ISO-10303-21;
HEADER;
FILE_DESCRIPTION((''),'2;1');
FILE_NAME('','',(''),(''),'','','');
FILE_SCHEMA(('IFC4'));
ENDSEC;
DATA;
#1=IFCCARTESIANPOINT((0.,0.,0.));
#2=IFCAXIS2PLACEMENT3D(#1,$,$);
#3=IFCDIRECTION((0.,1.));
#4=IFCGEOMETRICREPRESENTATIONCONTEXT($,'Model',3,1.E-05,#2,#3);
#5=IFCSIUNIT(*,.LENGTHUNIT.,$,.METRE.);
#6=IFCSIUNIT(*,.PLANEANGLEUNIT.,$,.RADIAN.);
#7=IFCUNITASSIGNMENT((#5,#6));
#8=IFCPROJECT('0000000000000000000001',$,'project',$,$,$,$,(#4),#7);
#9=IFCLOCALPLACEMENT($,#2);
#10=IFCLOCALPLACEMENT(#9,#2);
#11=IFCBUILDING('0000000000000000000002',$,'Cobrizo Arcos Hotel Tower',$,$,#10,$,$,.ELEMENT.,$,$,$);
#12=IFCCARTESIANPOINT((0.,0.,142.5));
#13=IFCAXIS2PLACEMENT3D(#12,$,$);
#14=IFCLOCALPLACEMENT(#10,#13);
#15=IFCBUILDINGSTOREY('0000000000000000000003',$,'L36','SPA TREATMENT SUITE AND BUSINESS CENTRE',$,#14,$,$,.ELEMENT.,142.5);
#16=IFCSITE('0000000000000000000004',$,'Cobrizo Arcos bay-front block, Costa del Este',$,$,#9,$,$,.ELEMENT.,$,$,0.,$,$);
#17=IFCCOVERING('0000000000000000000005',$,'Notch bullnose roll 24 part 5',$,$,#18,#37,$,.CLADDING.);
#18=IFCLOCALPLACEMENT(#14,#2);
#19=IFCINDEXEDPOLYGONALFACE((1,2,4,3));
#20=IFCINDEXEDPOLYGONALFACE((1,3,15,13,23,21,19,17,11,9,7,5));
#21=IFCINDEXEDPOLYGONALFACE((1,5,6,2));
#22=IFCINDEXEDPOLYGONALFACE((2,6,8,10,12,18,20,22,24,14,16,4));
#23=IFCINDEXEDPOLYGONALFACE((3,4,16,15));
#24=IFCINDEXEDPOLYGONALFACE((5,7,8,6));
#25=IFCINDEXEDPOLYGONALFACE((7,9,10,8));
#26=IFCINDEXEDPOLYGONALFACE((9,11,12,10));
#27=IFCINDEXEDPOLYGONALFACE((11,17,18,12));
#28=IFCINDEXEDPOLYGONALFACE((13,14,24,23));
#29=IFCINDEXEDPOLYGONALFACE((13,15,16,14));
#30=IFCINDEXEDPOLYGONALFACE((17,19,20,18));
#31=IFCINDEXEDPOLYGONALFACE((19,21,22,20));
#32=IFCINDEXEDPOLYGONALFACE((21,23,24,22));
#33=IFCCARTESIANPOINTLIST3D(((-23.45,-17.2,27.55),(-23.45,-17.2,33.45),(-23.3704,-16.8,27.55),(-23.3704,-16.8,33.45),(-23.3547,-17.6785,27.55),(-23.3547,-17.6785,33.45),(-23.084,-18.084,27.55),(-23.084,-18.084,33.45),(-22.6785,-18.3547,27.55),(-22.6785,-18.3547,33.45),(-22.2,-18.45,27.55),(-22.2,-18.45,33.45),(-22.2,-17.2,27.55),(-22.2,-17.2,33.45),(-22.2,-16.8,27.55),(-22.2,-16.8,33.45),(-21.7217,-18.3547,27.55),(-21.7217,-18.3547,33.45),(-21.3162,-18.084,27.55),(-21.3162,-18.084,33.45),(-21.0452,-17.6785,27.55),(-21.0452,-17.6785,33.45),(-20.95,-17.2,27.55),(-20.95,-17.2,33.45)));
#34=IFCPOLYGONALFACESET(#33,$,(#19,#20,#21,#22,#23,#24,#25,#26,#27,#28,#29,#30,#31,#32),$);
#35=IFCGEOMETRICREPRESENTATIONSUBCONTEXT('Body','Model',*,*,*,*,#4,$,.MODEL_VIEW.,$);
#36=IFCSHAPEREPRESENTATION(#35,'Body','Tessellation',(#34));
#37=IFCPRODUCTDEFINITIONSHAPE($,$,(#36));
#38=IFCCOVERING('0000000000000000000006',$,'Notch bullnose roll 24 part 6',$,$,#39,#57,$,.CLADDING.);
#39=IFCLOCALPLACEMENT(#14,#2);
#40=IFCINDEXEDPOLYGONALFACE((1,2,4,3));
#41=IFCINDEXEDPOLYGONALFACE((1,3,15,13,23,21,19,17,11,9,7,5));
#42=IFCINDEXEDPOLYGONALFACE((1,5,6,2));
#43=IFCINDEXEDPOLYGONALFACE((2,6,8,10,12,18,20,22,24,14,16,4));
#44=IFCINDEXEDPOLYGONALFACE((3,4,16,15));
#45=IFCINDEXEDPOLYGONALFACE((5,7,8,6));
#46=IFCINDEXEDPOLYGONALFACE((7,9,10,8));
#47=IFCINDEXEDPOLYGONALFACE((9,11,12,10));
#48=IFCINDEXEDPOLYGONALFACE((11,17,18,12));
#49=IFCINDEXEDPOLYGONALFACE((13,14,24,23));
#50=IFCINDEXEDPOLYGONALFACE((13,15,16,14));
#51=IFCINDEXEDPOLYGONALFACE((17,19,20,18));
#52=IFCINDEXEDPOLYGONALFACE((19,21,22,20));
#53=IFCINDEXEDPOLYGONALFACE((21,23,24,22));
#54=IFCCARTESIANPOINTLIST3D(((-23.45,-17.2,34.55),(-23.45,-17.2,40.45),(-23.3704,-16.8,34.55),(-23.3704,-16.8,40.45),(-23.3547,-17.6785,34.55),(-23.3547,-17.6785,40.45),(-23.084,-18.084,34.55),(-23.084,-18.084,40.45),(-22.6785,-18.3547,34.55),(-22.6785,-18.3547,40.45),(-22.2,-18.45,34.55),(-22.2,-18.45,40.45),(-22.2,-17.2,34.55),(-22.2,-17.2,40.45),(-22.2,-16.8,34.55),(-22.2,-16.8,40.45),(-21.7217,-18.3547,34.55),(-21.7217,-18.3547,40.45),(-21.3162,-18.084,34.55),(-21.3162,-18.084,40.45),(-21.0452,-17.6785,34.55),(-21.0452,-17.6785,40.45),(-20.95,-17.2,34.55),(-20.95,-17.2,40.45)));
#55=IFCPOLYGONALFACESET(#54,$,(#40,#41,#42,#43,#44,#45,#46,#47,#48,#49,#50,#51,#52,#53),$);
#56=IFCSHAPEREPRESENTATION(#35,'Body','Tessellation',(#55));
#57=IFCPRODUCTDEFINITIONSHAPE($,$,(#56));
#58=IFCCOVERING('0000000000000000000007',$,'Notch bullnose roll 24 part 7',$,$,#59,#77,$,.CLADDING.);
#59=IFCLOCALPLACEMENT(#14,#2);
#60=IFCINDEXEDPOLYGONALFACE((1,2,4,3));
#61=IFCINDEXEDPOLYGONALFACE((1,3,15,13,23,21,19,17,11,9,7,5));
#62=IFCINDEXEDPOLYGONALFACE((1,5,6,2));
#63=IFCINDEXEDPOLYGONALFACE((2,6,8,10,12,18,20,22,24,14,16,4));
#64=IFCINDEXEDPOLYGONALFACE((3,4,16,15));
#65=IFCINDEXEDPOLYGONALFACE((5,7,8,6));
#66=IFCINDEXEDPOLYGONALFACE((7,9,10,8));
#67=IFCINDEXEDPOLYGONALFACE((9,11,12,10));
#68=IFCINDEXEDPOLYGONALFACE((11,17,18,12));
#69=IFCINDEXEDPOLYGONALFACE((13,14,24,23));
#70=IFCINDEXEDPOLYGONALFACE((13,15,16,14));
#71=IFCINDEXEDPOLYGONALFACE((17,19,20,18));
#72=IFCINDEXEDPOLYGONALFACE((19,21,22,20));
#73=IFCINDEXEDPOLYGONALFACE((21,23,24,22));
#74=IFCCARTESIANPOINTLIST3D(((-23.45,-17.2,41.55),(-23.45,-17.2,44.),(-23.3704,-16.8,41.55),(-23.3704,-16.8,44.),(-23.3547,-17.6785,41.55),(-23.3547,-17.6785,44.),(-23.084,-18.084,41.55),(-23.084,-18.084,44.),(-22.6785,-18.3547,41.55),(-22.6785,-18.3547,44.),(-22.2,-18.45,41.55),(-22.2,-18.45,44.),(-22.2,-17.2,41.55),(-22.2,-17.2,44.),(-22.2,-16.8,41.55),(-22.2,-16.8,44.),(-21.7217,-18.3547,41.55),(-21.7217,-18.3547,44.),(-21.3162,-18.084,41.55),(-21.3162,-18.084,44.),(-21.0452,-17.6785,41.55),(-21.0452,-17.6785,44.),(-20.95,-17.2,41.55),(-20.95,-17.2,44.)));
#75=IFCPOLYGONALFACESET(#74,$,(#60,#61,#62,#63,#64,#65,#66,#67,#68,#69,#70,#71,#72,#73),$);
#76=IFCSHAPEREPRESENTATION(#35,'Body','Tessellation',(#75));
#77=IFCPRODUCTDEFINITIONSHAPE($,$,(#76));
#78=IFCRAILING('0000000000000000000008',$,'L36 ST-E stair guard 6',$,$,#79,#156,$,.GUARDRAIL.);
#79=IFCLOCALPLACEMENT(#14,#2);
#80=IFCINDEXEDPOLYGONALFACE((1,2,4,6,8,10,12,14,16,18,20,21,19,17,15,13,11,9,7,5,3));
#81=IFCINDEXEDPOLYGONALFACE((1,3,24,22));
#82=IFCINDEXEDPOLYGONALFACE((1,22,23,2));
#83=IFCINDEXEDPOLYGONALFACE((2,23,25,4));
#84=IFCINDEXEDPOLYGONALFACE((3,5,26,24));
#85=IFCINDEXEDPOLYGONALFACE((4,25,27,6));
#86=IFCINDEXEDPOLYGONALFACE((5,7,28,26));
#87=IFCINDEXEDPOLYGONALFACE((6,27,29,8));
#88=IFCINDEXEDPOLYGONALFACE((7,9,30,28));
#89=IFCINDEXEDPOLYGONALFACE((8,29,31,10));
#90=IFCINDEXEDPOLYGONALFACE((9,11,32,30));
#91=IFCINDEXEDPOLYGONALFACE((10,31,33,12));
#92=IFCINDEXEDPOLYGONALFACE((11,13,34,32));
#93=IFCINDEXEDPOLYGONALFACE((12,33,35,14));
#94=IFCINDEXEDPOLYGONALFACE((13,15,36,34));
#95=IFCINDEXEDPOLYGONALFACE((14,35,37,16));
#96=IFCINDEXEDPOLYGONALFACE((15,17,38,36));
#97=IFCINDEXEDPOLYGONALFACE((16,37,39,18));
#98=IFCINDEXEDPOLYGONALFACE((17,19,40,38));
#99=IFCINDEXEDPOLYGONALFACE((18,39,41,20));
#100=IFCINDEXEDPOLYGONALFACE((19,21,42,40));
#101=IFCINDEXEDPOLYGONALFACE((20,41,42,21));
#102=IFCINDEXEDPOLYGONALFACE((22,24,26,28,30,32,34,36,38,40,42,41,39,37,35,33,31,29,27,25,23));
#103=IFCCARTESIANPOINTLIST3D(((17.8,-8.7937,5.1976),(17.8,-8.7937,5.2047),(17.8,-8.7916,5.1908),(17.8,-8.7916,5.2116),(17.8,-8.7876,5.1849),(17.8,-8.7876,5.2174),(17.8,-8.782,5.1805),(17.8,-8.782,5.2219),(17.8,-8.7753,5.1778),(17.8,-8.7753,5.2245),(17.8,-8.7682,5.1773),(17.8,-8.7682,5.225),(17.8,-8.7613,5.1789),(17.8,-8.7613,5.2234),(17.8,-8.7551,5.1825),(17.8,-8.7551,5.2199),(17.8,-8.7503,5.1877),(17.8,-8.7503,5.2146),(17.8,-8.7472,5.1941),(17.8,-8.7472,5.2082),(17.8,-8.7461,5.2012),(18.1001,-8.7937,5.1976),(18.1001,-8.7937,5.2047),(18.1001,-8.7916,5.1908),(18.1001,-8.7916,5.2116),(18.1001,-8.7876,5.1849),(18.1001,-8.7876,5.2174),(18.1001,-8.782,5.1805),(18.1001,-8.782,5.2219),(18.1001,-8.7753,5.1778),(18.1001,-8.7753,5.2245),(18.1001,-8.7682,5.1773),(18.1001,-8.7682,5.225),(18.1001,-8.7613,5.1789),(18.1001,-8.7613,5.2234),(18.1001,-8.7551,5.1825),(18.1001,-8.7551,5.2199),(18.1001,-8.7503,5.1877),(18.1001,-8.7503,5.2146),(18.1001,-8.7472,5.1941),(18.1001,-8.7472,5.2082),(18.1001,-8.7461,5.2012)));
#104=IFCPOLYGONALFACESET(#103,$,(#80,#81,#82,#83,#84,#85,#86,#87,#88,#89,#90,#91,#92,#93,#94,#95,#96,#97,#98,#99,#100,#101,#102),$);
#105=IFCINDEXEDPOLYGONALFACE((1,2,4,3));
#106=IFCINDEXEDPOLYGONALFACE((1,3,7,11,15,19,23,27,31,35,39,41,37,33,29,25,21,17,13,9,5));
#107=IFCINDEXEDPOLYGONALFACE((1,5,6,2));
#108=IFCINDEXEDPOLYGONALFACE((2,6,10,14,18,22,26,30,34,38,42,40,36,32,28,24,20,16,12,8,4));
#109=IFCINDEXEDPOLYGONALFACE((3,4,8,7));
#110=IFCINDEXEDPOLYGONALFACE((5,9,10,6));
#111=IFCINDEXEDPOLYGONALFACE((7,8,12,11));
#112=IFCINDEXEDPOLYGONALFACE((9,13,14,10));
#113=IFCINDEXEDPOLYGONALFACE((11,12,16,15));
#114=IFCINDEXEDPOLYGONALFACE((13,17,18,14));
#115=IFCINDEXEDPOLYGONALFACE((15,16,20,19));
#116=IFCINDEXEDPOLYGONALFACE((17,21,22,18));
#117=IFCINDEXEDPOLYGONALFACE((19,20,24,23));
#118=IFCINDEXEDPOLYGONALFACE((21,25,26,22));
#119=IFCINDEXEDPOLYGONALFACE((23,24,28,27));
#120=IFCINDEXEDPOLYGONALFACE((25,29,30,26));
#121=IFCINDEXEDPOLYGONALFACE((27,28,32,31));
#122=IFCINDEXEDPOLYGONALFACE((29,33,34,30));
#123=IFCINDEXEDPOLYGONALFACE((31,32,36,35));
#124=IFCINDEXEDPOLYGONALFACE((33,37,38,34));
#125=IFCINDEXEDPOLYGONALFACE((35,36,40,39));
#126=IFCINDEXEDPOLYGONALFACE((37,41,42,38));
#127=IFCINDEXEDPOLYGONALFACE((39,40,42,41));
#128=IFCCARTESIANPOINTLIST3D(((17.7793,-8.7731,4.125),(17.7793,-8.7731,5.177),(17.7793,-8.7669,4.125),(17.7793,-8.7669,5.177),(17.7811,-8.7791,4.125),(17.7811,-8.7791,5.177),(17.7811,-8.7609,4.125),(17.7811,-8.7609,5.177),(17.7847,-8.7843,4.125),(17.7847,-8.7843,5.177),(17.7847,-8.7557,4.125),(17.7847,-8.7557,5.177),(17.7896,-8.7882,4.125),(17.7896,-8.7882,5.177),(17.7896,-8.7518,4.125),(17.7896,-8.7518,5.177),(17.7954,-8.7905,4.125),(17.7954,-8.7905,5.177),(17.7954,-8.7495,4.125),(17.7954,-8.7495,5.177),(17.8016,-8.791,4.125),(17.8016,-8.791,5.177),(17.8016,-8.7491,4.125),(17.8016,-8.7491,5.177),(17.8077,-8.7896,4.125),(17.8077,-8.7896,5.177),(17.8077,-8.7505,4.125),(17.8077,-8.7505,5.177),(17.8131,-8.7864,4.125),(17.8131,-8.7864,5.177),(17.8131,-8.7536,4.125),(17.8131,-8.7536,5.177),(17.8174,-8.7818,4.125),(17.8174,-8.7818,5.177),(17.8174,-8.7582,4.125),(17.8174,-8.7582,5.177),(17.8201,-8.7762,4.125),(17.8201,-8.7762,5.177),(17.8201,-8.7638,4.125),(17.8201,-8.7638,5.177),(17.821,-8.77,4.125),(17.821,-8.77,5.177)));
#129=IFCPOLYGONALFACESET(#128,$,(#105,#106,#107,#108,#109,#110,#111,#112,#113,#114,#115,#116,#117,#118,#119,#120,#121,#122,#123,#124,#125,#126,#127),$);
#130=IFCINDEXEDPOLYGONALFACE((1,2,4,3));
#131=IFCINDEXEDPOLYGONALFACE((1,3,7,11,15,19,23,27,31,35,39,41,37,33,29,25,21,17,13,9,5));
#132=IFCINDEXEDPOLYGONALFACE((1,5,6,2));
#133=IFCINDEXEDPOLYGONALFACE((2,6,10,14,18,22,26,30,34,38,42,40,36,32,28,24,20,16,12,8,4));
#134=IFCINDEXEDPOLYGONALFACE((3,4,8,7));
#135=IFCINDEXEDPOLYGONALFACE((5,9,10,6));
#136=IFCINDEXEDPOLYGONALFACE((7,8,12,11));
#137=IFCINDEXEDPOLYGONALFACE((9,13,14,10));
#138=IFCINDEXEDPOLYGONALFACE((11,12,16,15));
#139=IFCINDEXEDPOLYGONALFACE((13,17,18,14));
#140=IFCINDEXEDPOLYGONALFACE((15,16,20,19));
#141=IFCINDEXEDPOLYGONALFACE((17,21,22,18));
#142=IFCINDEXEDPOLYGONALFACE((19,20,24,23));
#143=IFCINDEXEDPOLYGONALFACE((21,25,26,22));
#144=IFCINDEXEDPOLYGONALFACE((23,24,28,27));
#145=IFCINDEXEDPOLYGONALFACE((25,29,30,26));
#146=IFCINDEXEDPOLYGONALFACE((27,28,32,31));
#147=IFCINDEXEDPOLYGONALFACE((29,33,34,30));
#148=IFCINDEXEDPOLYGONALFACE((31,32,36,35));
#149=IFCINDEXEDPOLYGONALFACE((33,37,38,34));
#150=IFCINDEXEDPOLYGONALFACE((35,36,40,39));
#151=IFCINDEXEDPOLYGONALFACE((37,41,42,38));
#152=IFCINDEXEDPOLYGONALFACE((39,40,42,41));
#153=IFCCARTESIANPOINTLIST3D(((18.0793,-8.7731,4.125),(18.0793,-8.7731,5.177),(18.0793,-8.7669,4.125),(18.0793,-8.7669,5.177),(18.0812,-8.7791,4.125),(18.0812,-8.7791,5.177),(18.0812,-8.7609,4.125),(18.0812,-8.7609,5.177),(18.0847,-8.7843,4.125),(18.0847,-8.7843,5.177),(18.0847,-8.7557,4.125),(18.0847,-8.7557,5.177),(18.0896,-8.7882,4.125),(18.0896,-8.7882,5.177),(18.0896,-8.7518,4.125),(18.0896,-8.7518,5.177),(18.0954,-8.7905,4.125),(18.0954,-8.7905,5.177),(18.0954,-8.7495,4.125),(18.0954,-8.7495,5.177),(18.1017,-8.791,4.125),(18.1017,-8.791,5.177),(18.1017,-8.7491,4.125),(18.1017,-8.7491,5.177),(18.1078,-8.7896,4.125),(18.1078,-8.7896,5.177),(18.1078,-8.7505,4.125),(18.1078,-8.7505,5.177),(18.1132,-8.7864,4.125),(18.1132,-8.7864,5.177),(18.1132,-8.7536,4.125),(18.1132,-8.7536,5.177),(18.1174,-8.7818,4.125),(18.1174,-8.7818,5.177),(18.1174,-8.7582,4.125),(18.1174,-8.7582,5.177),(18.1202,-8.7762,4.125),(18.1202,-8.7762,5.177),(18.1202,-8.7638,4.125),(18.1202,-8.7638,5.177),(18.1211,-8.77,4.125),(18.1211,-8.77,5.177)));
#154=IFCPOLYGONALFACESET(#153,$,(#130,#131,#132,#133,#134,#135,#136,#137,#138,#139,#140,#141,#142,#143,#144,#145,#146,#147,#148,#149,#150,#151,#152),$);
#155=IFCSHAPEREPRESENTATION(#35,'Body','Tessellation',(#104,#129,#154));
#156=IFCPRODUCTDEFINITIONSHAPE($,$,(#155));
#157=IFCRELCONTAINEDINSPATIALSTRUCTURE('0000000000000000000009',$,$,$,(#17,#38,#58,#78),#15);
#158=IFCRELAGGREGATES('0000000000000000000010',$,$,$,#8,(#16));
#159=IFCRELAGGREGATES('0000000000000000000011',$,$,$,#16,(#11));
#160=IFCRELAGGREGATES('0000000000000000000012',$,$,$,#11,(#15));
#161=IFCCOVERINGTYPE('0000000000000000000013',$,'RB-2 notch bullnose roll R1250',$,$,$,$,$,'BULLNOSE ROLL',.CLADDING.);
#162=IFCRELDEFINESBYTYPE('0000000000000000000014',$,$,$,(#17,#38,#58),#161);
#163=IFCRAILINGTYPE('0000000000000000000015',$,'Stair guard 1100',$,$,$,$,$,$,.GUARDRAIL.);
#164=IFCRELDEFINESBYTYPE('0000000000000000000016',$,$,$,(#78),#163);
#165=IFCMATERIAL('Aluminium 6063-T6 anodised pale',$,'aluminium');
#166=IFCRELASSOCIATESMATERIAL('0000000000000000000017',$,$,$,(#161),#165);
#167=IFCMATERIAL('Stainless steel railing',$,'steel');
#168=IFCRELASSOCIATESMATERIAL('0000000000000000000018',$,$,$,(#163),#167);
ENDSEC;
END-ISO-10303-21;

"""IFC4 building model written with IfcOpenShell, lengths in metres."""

from ifc_helpers import new_model, si_unit, direction, frame, origin, origin_2d, place, context, subcontext, project, spatial, polyline, circle, outline, extrude, material, type_object, element, save


model = new_model("IFC4")

# Units and contexts
model_context = context("Model", 3, precision=1e-05, world=origin(), true_north=direction((0.0, 1.0)))
body_context = subcontext(model_context, "Body", "Model", "MODEL_VIEW")
ifc_project = project(units=[si_unit("LENGTHUNIT", "METRE"), si_unit("PLANEANGLEUNIT", "RADIAN")], contexts=[model_context])

# Site, building, storey
site_placement = place(None, origin())
site = spatial("IfcSite", under=ifc_project, at=site_placement, Name="Cobrizo Arcos bay-front block, Costa del Este", CompositionType="ELEMENT", RefElevation=0.0)
building_placement = place(site_placement, origin())
building = spatial("IfcBuilding", under=site, at=building_placement, Name="Cobrizo Arcos Hotel Tower", CompositionType="ELEMENT")
storey_placement = place(building_placement, frame((0.0, 0.0, 142.5)))
storey = spatial("IfcBuildingStorey", under=building, at=storey_placement, Name="L36", Description="SPA TREATMENT SUITE AND BUSINESS CENTRE", CompositionType="ELEMENT", Elevation=142.5)

# Coverings
ifc_material_1 = material(Name="Aluminium 6063-T6 anodised pale", Category="aluminium")
covering_type = type_object("IfcCoveringType", Name="RB-2 notch bullnose roll R1250", ElementType="BULLNOSE ROLL", PredefinedType="CLADDING", material=ifc_material_1)
for number, where, name in (
    (1, (0.0, 0.0, 27.55), "Notch bullnose roll 24 part 5"),
    (2, (0.0, 0.0, 34.55), "Notch bullnose roll 24 part 6"),
):
    element("IfcCovering", number, at=place(storey_placement, frame(where)), inside=storey, type_object=covering_type, Name=name, PredefinedType="CLADDING", context=body_context, shape_type="SweptSolid", body=[
        extrude(outline(polyline([(-21.3162, -18.084), (-21.0452, -17.6785), (-20.95, -17.2), (-22.2, -17.2), (-22.2, -16.8), (-23.3704, -16.8), (-23.45, -17.2), (-23.3547, -17.6785), (-23.084, -18.084), (-22.6785, -18.3547), (-22.2, -18.45), (-21.7217, -18.3547), (-21.3162, -18.084)])), origin(), (0.0, 0.0, 1.0), 5.8999),
    ])
covering_1_placement = place(storey_placement, frame((0.0, 0.0, 41.55)))
element("IfcCovering", 3, at=covering_1_placement, inside=storey, type_object=covering_type, Name="Notch bullnose roll 24 part 7", PredefinedType="CLADDING", context=body_context, shape_type="SweptSolid", body=[
    extrude(outline(polyline([(-21.3162, -18.084), (-21.0452, -17.6785), (-20.95, -17.2), (-22.2, -17.2), (-22.2, -16.8), (-23.3704, -16.8), (-23.45, -17.2), (-23.3547, -17.6785), (-23.084, -18.084), (-22.6785, -18.3547), (-22.2, -18.45), (-21.7217, -18.3547), (-21.3162, -18.084)])), origin(), (0.0, 0.0, 1.0), 2.45),
])

# Railing
ifc_material_2 = material(Name="Stainless steel railing", Category="steel")
railing_type_1 = type_object("IfcRailingType", Name="Stair guard 1100", PredefinedType="GUARDRAIL", material=ifc_material_2)
railing_1_placement = place(storey_placement, frame((17.8, -8.77, 4.125)))
element("IfcRailing", 4, at=railing_1_placement, inside=storey, type_object=railing_type_1, Name="L36 ST-E stair guard 6", PredefinedType="GUARDRAIL", context=body_context, shape_type="SweptSolid", body=[
    extrude(circle(Radius=0.0239, at=origin_2d()), frame((0.0, 0.0, 1.0762), z_axis=(1.0, 0.0, 0.0), x_axis=(0.0, 1.0, 0.0)), (0.0, 0.0, 1.0), 0.3),
    extrude(circle(Radius=0.021, at=origin_2d()), origin(), (0.0, 0.0, 1.0), 1.052),
    extrude(circle(Radius=0.021, at=origin_2d()), frame((0.3, 0.0, 0.0)), (0.0, 0.0, 1.0), 1.052),
])

save(model, "model.ifc")
